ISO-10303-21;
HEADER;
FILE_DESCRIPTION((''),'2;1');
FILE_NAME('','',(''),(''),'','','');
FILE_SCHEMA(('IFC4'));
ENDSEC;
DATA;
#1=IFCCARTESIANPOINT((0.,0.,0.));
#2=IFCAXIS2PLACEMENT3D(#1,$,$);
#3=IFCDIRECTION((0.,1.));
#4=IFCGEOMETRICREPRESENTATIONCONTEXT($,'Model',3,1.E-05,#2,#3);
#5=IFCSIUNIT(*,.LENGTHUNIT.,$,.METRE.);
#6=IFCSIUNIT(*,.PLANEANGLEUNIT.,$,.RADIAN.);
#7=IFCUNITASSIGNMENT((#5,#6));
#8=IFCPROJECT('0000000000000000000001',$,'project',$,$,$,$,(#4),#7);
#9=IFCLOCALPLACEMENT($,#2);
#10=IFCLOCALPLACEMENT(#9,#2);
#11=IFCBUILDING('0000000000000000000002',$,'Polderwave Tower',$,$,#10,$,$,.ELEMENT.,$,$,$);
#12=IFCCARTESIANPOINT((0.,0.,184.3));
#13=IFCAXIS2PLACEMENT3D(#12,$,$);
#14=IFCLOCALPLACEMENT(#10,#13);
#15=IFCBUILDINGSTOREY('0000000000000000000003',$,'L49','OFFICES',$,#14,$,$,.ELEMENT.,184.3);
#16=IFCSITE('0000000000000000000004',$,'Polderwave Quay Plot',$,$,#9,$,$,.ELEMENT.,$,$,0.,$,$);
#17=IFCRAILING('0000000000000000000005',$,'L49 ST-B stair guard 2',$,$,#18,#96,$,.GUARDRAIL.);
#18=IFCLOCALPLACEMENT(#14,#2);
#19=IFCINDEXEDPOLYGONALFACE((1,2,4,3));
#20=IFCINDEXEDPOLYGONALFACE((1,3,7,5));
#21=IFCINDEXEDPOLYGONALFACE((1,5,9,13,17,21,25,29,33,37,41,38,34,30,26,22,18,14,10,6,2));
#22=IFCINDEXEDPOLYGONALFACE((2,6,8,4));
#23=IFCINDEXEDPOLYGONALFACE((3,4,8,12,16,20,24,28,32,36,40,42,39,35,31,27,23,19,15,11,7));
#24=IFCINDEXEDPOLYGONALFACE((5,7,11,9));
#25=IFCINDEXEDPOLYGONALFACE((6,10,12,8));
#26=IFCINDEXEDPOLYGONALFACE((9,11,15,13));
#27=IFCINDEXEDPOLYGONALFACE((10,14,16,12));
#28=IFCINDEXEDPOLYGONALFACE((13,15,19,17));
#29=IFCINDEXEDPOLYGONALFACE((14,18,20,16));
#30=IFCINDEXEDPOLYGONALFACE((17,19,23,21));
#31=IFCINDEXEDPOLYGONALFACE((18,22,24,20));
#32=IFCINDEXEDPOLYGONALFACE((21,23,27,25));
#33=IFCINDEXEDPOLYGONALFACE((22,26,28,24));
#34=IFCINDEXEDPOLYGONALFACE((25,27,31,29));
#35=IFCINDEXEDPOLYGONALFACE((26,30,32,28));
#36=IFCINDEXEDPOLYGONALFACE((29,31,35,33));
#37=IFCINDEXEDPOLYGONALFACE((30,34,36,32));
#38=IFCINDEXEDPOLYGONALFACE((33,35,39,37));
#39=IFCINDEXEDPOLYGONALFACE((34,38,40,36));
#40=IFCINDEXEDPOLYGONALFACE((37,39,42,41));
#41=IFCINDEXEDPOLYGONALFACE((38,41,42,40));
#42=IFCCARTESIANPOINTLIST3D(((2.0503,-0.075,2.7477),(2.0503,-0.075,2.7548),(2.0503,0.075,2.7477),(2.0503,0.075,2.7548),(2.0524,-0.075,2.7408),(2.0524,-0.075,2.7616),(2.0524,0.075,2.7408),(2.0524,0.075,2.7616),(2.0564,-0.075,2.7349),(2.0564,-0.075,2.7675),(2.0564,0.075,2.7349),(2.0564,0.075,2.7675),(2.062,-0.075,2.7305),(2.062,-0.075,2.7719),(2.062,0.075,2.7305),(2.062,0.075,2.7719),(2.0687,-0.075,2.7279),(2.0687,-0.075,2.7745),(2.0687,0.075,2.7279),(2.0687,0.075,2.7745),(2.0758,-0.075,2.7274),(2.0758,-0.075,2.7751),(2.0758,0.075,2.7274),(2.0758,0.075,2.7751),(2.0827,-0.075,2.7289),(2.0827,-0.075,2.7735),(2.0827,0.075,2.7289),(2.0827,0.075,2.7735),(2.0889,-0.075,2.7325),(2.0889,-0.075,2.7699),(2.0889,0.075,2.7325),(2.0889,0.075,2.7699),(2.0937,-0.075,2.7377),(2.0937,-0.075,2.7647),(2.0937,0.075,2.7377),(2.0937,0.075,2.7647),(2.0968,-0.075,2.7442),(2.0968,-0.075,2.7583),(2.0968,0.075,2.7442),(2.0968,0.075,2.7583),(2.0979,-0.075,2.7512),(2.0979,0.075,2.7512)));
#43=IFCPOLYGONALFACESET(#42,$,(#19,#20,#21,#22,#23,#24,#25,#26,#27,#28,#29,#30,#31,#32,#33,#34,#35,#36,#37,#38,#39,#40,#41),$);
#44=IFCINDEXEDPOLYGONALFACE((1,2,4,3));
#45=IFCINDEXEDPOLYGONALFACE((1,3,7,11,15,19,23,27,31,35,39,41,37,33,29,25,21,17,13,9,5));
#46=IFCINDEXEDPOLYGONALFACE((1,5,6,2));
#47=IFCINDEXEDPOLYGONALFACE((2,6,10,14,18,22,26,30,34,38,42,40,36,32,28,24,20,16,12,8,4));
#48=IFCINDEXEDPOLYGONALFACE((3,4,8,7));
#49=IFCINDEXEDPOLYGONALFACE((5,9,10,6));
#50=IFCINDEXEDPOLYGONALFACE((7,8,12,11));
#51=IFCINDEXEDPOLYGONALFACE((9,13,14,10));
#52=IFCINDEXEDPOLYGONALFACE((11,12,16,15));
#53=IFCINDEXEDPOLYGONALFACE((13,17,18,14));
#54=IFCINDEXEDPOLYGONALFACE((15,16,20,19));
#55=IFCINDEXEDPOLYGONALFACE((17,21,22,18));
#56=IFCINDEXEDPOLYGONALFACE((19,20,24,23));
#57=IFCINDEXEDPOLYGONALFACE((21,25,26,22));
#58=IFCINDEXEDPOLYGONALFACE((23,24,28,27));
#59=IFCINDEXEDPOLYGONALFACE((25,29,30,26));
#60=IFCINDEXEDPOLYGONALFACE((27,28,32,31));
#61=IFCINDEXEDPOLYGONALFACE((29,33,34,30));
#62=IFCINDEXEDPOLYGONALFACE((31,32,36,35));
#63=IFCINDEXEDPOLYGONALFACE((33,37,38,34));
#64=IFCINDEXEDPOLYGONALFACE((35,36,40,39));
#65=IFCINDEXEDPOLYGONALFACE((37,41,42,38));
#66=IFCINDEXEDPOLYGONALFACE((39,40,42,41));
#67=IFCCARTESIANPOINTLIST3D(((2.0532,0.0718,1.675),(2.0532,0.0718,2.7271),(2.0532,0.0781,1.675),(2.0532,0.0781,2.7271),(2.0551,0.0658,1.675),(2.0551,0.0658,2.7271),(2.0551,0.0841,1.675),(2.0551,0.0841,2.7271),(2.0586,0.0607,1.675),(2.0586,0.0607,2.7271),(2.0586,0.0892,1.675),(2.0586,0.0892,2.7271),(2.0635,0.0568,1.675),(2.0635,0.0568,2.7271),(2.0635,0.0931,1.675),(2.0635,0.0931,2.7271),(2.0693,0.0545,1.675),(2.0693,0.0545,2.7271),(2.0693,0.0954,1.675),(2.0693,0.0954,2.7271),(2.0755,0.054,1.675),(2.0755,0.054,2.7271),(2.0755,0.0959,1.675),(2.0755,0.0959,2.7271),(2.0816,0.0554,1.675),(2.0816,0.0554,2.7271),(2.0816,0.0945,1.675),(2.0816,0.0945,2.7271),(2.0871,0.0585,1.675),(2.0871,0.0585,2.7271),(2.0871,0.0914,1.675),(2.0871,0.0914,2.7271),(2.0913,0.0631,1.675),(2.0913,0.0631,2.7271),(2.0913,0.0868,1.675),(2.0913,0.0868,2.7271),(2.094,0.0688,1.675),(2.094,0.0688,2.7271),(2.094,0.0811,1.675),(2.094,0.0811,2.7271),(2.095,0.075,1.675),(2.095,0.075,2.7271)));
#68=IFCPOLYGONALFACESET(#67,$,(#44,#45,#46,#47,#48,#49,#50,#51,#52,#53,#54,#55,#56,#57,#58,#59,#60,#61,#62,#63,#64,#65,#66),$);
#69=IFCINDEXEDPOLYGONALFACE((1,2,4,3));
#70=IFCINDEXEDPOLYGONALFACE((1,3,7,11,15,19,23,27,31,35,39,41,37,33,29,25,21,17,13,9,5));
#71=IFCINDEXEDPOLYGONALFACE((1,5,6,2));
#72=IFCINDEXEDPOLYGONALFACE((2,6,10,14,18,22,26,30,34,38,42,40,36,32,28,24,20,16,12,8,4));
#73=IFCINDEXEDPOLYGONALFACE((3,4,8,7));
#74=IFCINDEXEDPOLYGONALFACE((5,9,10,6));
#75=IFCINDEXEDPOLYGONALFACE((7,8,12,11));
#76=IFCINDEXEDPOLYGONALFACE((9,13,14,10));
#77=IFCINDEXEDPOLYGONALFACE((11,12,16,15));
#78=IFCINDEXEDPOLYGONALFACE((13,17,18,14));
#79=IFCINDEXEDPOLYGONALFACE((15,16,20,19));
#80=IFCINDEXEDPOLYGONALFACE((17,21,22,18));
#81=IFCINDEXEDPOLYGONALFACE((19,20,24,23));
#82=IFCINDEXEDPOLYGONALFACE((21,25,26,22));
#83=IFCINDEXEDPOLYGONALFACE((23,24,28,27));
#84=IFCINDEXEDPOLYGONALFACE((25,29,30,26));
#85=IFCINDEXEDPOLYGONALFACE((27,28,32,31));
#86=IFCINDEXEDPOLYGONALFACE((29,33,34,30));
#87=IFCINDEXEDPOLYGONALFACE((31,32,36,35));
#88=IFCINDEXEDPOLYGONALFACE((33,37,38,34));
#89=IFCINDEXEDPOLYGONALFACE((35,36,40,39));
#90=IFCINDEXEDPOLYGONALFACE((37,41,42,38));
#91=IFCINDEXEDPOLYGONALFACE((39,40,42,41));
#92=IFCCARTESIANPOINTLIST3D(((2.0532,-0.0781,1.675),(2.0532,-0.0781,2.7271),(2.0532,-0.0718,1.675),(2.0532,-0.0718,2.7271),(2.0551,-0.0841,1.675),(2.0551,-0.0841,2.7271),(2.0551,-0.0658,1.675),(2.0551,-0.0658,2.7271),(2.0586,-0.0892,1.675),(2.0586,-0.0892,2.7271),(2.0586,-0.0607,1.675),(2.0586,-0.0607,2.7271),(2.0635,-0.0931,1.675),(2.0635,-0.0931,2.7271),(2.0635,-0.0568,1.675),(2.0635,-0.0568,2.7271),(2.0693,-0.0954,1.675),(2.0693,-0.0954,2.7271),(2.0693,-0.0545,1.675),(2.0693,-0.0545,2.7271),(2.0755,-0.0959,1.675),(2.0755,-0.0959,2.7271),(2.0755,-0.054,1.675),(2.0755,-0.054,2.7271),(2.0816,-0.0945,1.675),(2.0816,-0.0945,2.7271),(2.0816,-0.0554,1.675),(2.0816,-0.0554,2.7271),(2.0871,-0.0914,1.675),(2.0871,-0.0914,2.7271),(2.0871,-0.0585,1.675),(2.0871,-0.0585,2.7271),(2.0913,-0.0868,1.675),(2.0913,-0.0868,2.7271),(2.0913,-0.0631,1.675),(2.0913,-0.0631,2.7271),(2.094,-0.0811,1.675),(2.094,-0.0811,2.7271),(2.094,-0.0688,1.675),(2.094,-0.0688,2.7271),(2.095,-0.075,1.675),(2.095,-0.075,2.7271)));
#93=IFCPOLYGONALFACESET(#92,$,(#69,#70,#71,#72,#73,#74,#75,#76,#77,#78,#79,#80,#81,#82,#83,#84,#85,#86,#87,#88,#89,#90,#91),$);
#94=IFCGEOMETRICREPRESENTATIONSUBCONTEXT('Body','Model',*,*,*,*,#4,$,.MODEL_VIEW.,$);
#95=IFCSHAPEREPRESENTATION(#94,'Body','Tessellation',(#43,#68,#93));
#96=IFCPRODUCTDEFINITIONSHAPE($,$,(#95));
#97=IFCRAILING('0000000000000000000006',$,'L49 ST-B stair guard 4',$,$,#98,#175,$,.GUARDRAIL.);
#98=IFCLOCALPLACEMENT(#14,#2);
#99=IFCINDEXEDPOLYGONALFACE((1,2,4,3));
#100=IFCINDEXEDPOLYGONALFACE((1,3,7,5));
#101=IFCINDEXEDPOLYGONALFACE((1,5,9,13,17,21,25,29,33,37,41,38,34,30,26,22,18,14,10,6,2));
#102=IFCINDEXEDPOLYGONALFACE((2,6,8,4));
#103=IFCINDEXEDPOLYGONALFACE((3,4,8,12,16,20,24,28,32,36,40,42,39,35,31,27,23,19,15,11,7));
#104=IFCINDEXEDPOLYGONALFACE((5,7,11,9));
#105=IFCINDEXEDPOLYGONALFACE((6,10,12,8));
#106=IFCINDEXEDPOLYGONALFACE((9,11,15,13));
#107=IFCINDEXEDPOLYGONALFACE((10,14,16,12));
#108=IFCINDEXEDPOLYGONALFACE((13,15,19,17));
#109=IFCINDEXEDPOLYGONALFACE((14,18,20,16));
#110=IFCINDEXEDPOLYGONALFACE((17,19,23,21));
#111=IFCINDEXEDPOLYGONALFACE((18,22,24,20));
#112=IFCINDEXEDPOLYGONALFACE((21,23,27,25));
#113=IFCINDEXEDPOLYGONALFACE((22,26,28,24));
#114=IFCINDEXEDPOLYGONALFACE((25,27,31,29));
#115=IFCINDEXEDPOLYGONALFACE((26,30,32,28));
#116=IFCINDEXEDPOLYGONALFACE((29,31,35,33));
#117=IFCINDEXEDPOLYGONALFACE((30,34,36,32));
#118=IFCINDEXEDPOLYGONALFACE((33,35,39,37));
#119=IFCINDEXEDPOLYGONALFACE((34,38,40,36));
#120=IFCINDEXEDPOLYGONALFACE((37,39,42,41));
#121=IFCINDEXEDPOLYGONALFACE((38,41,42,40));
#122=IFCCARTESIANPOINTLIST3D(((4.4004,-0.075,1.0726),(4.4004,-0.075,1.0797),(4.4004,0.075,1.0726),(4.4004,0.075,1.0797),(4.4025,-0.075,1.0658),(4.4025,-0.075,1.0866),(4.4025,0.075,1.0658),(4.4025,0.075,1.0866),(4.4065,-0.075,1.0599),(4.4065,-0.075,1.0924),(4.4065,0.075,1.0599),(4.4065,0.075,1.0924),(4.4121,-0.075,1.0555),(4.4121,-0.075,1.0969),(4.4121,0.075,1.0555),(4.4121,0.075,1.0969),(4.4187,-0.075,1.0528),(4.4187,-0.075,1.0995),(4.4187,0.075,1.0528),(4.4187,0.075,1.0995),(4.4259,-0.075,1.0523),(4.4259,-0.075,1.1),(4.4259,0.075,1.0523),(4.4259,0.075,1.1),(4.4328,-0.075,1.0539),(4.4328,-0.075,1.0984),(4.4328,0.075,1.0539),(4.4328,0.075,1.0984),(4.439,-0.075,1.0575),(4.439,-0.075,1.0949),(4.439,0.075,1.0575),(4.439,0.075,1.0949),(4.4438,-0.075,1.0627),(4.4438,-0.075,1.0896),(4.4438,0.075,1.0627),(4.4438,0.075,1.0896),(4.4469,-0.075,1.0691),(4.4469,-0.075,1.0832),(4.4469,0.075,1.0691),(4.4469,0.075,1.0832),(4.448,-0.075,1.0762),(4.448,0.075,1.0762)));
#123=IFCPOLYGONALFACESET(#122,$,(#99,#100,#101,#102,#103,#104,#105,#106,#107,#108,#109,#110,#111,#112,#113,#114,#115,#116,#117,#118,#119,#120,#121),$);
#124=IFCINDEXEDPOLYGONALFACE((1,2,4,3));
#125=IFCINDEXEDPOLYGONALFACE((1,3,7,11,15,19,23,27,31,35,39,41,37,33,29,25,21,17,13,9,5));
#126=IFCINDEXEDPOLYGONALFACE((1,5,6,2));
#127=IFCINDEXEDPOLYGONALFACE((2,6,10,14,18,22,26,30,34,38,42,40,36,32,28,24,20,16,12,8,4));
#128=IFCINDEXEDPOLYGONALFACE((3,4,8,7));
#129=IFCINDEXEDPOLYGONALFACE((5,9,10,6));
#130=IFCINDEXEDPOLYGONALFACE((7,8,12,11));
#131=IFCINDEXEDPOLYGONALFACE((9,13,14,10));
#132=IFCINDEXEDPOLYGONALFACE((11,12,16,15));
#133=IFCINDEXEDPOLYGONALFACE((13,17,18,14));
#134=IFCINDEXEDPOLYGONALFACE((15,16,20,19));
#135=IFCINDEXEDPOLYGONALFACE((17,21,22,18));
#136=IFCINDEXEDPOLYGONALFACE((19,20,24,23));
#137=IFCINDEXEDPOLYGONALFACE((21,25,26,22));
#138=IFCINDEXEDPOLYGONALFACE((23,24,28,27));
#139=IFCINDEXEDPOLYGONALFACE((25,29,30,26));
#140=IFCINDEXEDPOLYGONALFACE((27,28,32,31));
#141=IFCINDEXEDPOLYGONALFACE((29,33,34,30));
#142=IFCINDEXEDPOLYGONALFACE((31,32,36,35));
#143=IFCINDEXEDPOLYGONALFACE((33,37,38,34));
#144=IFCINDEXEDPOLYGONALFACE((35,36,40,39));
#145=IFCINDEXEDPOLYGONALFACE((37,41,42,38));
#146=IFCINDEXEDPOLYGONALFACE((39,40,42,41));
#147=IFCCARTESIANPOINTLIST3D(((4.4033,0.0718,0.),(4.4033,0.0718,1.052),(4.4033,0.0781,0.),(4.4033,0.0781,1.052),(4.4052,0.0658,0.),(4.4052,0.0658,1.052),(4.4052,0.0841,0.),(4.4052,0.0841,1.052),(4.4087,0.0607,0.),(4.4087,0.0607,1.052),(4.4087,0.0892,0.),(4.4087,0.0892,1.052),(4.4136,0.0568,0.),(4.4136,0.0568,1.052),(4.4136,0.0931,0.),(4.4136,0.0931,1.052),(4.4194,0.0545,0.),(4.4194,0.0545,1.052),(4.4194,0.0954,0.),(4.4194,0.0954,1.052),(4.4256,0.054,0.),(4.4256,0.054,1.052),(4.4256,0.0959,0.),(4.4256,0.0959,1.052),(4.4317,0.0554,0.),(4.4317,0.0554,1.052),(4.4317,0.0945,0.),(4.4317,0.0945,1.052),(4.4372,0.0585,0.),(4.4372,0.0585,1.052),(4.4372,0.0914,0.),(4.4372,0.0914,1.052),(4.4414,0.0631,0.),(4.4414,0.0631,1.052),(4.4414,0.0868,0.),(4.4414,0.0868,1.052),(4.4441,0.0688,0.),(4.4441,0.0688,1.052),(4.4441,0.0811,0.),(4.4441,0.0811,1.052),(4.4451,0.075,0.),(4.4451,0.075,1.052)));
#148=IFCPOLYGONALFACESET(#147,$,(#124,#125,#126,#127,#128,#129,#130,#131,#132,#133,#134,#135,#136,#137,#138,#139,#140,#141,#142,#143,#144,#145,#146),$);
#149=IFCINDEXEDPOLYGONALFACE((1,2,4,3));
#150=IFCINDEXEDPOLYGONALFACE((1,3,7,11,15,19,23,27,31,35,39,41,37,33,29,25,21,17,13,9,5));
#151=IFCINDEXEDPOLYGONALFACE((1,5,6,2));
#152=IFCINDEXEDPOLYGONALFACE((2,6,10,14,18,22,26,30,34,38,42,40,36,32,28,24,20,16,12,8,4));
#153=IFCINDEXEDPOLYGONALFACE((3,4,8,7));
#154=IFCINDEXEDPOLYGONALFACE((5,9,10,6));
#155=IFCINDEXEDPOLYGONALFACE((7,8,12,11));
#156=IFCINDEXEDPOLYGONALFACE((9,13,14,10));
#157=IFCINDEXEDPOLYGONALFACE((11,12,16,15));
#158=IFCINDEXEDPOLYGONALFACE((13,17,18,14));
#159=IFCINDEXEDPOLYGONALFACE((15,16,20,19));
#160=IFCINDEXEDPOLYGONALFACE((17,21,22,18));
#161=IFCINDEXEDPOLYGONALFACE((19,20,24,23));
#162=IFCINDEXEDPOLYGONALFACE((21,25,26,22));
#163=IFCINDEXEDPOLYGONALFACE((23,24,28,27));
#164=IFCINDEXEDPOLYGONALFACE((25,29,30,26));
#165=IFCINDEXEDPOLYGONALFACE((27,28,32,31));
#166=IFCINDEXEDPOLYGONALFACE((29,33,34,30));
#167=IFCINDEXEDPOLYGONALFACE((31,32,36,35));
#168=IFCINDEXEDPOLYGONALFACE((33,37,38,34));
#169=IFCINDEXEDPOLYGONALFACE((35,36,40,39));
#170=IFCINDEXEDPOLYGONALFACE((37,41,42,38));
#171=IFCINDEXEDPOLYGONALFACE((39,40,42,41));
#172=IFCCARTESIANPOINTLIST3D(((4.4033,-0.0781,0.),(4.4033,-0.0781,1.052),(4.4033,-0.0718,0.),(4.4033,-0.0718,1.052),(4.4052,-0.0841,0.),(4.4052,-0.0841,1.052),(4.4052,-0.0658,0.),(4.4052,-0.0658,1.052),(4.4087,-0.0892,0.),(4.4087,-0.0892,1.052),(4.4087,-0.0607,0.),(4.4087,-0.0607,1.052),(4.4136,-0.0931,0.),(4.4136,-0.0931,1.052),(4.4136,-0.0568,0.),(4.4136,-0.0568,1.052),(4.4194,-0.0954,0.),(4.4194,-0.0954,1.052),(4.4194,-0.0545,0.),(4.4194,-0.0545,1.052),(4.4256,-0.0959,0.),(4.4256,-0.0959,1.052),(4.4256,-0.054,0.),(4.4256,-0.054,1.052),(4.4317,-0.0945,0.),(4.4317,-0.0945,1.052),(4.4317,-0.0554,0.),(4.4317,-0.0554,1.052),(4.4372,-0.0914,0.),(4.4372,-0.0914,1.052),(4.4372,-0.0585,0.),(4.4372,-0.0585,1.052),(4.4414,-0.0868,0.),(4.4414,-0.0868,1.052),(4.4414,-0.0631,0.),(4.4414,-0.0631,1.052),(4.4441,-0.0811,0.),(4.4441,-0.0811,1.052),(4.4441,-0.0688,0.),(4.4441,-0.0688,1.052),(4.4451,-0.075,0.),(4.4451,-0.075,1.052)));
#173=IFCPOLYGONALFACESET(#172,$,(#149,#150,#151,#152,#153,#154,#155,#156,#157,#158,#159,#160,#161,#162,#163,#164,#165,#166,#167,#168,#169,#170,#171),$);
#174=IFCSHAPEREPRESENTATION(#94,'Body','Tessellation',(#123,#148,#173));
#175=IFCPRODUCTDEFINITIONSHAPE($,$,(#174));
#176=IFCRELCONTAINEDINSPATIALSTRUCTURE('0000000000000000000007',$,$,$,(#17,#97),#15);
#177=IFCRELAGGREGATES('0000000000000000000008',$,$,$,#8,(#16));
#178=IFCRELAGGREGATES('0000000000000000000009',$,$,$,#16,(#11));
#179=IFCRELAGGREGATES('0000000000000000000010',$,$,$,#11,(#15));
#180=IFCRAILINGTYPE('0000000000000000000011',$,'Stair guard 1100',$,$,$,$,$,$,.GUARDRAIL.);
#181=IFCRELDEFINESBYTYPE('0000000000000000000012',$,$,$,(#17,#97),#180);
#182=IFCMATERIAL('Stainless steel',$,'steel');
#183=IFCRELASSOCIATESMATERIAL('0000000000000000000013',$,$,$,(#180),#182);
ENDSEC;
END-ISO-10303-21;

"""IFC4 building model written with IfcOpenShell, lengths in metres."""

from ifc_helpers import new_model, si_unit, direction, frame, origin, origin_2d, place, context, subcontext, project, spatial, circle, extrude, material, type_object, element, save


model = new_model("IFC4")

# Units and contexts
model_context = context("Model", 3, precision=1e-05, world=origin(), true_north=direction((0.0, 1.0)))
body_context = subcontext(model_context, "Body", "Model", "MODEL_VIEW")
ifc_project = project(units=[si_unit("LENGTHUNIT", "METRE"), si_unit("PLANEANGLEUNIT", "RADIAN")], contexts=[model_context])

# Site, building, storey
site_placement = place(None, origin())
site = spatial("IfcSite", under=ifc_project, at=site_placement, Name="Polderwave Quay Plot", CompositionType="ELEMENT", RefElevation=0.0)
building_placement = place(site_placement, origin())
building = spatial("IfcBuilding", under=site, at=building_placement, Name="Polderwave Tower", CompositionType="ELEMENT")
storey_placement = place(building_placement, frame((0.0, 0.0, 184.3)))
storey = spatial("IfcBuildingStorey", under=building, at=storey_placement, Name="L49", Description="OFFICES", CompositionType="ELEMENT", Elevation=184.3)

# Railings
ifc_material_1 = material(Name="Stainless steel", Category="steel")
railing_type_1 = type_object("IfcRailingType", Name="Stair guard 1100", PredefinedType="GUARDRAIL", material=ifc_material_1)
for number, where, name in (
    (1, (2.074, 0.075, 1.675), "L49 ST-B stair guard 2"),
    (2, (4.4241, 0.075, 0.0), "L49 ST-B stair guard 4"),
):
    element("IfcRailing", number, at=place(storey_placement, frame(where)), inside=storey, type_object=railing_type_1, Name=name, PredefinedType="GUARDRAIL", context=body_context, shape_type="SweptSolid", body=[
        extrude(circle(Radius=0.0239, at=origin_2d()), frame((0.0, 0.0, 1.0762), z_axis=(0.0, -1.0, 0.0), x_axis=(1.0, 0.0, 0.0)), (0.0, 0.0, 1.0), 0.1499),
        extrude(circle(Radius=0.021, at=origin_2d()), origin(), (0.0, 0.0, 1.0), 1.052),
        extrude(circle(Radius=0.021, at=origin_2d()), frame((0.0, -0.1499, 0.0)), (0.0, 0.0, 1.0), 1.052),
    ])

save(model, "model.ifc")
